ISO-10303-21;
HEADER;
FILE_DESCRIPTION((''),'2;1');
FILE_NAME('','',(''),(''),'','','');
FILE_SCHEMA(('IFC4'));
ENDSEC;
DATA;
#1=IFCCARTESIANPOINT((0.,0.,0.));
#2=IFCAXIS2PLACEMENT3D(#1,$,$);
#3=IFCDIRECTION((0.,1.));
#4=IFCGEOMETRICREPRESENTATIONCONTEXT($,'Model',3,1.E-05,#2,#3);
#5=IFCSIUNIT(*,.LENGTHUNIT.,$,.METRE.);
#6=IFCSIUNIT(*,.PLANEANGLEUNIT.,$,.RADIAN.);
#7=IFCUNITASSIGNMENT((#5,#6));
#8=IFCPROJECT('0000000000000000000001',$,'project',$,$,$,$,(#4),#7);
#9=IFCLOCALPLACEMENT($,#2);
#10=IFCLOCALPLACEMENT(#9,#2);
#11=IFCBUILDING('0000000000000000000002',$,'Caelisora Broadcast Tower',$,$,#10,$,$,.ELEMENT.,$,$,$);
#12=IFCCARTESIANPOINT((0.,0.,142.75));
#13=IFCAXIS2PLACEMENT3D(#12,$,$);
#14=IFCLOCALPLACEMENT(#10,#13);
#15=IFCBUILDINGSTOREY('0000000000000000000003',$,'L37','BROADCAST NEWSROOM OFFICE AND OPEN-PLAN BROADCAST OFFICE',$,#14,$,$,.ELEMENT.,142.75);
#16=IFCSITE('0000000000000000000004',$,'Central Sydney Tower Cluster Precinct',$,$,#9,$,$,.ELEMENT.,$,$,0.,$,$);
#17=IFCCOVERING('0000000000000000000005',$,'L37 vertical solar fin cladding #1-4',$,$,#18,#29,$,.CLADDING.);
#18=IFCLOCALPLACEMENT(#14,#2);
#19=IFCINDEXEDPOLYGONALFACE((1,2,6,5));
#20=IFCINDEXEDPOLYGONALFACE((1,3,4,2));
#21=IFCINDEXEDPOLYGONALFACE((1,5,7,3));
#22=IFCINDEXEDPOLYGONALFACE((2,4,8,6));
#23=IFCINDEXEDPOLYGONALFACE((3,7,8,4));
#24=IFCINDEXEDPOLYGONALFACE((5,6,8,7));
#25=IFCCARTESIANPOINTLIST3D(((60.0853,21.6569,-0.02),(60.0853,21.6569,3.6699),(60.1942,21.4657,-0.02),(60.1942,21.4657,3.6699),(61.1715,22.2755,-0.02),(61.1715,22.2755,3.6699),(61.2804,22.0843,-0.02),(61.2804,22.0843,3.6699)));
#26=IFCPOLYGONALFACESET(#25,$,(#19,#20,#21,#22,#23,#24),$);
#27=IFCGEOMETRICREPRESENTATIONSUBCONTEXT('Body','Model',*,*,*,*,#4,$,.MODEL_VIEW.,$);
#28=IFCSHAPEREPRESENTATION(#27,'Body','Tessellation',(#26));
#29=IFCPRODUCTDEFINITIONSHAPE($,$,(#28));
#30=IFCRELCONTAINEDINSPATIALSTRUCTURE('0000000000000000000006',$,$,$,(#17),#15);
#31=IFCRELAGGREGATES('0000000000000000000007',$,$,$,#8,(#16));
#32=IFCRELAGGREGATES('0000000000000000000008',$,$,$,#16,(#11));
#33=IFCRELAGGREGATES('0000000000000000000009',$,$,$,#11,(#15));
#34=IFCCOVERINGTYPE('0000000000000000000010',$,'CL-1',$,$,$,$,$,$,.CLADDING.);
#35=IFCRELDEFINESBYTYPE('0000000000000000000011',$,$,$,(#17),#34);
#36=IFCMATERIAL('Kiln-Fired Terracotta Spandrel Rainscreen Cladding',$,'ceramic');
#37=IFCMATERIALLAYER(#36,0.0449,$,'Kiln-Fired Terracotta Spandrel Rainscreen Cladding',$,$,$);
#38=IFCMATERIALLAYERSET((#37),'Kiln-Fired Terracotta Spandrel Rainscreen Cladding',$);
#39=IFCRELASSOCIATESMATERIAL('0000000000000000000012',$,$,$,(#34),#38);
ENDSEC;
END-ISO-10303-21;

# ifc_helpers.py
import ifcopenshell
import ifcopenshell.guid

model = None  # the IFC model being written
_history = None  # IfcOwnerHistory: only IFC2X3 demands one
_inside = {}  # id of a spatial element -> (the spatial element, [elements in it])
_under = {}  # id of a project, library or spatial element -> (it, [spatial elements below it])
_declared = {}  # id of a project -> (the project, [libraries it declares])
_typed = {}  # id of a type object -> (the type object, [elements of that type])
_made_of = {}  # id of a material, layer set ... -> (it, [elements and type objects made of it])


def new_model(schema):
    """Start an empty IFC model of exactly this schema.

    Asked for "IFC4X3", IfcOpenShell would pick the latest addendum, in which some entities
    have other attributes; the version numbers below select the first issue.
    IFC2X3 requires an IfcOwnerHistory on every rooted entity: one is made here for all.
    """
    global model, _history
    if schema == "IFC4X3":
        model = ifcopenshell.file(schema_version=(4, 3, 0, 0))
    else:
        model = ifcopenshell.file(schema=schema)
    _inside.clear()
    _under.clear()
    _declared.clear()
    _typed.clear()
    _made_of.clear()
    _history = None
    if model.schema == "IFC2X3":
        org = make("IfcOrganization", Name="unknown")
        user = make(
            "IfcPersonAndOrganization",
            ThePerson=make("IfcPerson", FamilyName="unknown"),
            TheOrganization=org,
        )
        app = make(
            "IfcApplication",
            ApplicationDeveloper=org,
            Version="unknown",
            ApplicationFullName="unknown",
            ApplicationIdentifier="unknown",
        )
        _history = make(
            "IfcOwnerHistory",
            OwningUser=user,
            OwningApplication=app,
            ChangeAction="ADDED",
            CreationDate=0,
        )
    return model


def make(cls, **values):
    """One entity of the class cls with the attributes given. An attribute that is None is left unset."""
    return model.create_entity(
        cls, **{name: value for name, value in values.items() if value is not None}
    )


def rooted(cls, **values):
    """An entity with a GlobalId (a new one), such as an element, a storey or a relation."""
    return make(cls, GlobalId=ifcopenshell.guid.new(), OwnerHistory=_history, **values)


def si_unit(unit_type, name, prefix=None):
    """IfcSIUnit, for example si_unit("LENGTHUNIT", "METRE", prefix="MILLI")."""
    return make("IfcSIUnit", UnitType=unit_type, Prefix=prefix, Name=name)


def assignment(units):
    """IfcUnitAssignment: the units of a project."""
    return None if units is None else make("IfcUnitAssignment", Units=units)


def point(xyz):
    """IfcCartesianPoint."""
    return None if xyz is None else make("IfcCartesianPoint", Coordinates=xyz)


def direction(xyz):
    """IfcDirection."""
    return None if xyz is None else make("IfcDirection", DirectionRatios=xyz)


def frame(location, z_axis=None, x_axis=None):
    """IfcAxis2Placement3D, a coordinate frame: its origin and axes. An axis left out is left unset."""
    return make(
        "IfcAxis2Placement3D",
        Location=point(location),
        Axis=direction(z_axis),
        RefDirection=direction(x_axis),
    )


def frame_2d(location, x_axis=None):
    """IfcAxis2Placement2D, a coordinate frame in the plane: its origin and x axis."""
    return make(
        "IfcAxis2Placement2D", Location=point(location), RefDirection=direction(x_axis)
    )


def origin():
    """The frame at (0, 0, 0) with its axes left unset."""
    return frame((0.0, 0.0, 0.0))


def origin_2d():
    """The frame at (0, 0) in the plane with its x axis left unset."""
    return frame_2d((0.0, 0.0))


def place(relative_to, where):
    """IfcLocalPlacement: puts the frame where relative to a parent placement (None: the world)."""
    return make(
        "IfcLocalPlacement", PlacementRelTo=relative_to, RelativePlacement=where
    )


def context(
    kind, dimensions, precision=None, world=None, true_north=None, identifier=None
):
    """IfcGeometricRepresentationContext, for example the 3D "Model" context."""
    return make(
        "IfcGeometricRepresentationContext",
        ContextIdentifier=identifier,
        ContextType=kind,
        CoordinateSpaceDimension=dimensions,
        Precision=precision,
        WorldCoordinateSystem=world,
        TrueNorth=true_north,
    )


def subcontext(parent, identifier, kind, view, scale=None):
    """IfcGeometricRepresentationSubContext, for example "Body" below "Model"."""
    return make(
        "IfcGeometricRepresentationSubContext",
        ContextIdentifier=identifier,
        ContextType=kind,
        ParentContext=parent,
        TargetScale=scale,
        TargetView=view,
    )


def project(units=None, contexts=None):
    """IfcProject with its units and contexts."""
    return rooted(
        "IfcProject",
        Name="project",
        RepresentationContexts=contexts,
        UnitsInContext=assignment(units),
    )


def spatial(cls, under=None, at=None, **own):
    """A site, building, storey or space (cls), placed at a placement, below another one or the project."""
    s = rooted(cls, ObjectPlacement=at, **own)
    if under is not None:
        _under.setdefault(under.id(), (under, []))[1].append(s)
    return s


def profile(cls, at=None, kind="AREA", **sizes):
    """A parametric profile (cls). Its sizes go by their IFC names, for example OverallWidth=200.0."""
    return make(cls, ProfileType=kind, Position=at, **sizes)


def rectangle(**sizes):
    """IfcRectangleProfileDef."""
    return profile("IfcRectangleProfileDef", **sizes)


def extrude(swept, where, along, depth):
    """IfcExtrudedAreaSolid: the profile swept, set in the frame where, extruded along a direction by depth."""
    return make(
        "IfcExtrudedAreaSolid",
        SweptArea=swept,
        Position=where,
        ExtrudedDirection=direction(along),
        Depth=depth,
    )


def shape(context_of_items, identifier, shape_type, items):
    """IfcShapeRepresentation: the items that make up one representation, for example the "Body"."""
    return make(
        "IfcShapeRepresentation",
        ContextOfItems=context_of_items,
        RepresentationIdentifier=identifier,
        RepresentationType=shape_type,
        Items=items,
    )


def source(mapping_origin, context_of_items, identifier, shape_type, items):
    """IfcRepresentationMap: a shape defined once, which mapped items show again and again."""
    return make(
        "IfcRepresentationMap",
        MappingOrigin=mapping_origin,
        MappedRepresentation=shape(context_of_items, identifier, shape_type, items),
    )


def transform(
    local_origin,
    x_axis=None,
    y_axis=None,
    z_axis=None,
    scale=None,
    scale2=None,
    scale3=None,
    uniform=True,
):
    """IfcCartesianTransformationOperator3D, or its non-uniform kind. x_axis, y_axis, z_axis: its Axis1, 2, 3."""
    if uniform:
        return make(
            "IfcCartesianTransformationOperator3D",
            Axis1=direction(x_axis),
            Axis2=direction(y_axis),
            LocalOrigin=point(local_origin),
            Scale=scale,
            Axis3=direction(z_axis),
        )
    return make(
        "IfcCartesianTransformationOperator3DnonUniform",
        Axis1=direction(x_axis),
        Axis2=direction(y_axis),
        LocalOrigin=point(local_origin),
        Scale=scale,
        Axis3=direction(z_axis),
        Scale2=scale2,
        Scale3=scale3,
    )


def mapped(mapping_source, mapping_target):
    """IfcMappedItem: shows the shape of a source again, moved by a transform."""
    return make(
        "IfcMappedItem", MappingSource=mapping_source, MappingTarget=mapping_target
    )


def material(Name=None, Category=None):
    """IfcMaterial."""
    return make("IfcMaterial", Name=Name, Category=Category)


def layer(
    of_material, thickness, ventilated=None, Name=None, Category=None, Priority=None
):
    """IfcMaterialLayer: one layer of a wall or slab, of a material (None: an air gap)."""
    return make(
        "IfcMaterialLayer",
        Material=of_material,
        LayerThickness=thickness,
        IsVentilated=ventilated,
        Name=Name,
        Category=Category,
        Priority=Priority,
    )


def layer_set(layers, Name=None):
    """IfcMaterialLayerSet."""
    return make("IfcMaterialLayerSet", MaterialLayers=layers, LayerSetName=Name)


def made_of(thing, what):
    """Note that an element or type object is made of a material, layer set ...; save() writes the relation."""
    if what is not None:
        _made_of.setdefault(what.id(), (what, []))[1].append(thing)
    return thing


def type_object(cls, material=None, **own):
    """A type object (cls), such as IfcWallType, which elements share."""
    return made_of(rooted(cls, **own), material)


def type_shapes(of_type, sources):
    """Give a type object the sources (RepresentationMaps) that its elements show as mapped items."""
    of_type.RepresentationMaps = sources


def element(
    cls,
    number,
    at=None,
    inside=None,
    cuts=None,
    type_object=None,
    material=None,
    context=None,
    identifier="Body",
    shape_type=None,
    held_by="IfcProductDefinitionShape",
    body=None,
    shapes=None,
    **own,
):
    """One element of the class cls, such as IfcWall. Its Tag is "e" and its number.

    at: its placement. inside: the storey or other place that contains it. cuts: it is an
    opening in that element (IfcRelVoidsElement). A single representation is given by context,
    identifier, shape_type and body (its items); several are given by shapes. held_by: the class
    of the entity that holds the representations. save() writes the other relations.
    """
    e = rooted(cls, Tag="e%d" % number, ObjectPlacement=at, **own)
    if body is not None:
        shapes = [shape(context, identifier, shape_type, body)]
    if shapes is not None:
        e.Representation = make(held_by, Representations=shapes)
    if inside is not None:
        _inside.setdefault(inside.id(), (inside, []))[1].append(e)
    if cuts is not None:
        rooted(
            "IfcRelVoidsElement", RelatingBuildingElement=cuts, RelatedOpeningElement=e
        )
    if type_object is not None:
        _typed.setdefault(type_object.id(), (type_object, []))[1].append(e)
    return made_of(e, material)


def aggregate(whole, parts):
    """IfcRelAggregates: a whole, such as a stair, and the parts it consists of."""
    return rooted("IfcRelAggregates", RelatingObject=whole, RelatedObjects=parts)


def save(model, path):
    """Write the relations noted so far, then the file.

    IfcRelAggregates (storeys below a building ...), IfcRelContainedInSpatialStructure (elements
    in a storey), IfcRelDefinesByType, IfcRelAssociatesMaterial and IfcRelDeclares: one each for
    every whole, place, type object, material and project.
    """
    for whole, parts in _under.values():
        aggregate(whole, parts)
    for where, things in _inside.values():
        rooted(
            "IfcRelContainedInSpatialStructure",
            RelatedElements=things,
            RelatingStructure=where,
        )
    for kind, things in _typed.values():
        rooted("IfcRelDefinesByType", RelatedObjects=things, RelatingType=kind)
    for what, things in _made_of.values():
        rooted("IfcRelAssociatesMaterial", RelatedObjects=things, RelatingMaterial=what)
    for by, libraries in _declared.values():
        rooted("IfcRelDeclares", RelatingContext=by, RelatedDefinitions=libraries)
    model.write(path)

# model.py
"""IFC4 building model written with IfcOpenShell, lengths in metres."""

from ifc_helpers import new_model, si_unit, direction, frame, origin, origin_2d, place, context, subcontext, project, spatial, rectangle, extrude, source, transform, mapped, material, layer, layer_set, type_object, type_shapes, element, save


model = new_model("IFC4")

# Units and contexts
model_context = context("Model", 3, precision=1e-05, world=origin(), true_north=direction((0.0, 1.0)))
body_context = subcontext(model_context, "Body", "Model", "MODEL_VIEW")
ifc_project = project(units=[si_unit("LENGTHUNIT", "METRE"), si_unit("PLANEANGLEUNIT", "RADIAN")], contexts=[model_context])

# Site, building, storey
site_placement = place(None, origin())
site = spatial("IfcSite", under=ifc_project, at=site_placement, Name="Central Sydney Tower Cluster Precinct", CompositionType="ELEMENT", RefElevation=0.0)
building_placement = place(site_placement, origin())
building = spatial("IfcBuilding", under=site, at=building_placement, Name="Caelisora Broadcast Tower", CompositionType="ELEMENT")
storey_placement = place(building_placement, frame((0.0, 0.0, 142.75)))
storey = spatial("IfcBuildingStorey", under=building, at=storey_placement, Name="L37", Description="BROADCAST NEWSROOM OFFICE AND OPEN-PLAN BROADCAST OFFICE", CompositionType="ELEMENT", Elevation=142.75)

# Covering
ifc_material_1 = material(Name="Kiln-Fired Terracotta Spandrel Rainscreen Cladding", Category="ceramic")
ifc_layer_1 = layer(ifc_material_1, 0.0449, Name="Kiln-Fired Terracotta Spandrel Rainscreen Cladding")
ifc_layer_set_1 = layer_set([ifc_layer_1], Name="Kiln-Fired Terracotta Spandrel Rainscreen Cladding")
covering_type = type_object("IfcCoveringType", Name="CL-1", PredefinedType="CLADDING", material=ifc_layer_set_1)
shared_shape_1 = source(origin(), body_context, "Body", "SweptSolid", [
    extrude(rectangle(XDim=0.22, YDim=1.25, at=origin_2d()), origin(), (0.0, 0.0, 1.0), 3.6899),
])
type_shapes(covering_type, [shared_shape_1])
covering_placement = place(storey_placement, frame((60.6829, 21.8706, -0.02), z_axis=(0.0, 0.0, 1.0), x_axis=(0.494852, -0.868977, 0.0)))
element("IfcCovering", 1, at=covering_placement, inside=storey, type_object=covering_type, Name="L37 vertical solar fin cladding #1-4", PredefinedType="CLADDING", context=body_context, shape_type="MappedRepresentation", body=[
    mapped(shared_shape_1, transform((0.0, 0.0, 0.0), scale=1.0)),
])

save(model, "model.ifc")
